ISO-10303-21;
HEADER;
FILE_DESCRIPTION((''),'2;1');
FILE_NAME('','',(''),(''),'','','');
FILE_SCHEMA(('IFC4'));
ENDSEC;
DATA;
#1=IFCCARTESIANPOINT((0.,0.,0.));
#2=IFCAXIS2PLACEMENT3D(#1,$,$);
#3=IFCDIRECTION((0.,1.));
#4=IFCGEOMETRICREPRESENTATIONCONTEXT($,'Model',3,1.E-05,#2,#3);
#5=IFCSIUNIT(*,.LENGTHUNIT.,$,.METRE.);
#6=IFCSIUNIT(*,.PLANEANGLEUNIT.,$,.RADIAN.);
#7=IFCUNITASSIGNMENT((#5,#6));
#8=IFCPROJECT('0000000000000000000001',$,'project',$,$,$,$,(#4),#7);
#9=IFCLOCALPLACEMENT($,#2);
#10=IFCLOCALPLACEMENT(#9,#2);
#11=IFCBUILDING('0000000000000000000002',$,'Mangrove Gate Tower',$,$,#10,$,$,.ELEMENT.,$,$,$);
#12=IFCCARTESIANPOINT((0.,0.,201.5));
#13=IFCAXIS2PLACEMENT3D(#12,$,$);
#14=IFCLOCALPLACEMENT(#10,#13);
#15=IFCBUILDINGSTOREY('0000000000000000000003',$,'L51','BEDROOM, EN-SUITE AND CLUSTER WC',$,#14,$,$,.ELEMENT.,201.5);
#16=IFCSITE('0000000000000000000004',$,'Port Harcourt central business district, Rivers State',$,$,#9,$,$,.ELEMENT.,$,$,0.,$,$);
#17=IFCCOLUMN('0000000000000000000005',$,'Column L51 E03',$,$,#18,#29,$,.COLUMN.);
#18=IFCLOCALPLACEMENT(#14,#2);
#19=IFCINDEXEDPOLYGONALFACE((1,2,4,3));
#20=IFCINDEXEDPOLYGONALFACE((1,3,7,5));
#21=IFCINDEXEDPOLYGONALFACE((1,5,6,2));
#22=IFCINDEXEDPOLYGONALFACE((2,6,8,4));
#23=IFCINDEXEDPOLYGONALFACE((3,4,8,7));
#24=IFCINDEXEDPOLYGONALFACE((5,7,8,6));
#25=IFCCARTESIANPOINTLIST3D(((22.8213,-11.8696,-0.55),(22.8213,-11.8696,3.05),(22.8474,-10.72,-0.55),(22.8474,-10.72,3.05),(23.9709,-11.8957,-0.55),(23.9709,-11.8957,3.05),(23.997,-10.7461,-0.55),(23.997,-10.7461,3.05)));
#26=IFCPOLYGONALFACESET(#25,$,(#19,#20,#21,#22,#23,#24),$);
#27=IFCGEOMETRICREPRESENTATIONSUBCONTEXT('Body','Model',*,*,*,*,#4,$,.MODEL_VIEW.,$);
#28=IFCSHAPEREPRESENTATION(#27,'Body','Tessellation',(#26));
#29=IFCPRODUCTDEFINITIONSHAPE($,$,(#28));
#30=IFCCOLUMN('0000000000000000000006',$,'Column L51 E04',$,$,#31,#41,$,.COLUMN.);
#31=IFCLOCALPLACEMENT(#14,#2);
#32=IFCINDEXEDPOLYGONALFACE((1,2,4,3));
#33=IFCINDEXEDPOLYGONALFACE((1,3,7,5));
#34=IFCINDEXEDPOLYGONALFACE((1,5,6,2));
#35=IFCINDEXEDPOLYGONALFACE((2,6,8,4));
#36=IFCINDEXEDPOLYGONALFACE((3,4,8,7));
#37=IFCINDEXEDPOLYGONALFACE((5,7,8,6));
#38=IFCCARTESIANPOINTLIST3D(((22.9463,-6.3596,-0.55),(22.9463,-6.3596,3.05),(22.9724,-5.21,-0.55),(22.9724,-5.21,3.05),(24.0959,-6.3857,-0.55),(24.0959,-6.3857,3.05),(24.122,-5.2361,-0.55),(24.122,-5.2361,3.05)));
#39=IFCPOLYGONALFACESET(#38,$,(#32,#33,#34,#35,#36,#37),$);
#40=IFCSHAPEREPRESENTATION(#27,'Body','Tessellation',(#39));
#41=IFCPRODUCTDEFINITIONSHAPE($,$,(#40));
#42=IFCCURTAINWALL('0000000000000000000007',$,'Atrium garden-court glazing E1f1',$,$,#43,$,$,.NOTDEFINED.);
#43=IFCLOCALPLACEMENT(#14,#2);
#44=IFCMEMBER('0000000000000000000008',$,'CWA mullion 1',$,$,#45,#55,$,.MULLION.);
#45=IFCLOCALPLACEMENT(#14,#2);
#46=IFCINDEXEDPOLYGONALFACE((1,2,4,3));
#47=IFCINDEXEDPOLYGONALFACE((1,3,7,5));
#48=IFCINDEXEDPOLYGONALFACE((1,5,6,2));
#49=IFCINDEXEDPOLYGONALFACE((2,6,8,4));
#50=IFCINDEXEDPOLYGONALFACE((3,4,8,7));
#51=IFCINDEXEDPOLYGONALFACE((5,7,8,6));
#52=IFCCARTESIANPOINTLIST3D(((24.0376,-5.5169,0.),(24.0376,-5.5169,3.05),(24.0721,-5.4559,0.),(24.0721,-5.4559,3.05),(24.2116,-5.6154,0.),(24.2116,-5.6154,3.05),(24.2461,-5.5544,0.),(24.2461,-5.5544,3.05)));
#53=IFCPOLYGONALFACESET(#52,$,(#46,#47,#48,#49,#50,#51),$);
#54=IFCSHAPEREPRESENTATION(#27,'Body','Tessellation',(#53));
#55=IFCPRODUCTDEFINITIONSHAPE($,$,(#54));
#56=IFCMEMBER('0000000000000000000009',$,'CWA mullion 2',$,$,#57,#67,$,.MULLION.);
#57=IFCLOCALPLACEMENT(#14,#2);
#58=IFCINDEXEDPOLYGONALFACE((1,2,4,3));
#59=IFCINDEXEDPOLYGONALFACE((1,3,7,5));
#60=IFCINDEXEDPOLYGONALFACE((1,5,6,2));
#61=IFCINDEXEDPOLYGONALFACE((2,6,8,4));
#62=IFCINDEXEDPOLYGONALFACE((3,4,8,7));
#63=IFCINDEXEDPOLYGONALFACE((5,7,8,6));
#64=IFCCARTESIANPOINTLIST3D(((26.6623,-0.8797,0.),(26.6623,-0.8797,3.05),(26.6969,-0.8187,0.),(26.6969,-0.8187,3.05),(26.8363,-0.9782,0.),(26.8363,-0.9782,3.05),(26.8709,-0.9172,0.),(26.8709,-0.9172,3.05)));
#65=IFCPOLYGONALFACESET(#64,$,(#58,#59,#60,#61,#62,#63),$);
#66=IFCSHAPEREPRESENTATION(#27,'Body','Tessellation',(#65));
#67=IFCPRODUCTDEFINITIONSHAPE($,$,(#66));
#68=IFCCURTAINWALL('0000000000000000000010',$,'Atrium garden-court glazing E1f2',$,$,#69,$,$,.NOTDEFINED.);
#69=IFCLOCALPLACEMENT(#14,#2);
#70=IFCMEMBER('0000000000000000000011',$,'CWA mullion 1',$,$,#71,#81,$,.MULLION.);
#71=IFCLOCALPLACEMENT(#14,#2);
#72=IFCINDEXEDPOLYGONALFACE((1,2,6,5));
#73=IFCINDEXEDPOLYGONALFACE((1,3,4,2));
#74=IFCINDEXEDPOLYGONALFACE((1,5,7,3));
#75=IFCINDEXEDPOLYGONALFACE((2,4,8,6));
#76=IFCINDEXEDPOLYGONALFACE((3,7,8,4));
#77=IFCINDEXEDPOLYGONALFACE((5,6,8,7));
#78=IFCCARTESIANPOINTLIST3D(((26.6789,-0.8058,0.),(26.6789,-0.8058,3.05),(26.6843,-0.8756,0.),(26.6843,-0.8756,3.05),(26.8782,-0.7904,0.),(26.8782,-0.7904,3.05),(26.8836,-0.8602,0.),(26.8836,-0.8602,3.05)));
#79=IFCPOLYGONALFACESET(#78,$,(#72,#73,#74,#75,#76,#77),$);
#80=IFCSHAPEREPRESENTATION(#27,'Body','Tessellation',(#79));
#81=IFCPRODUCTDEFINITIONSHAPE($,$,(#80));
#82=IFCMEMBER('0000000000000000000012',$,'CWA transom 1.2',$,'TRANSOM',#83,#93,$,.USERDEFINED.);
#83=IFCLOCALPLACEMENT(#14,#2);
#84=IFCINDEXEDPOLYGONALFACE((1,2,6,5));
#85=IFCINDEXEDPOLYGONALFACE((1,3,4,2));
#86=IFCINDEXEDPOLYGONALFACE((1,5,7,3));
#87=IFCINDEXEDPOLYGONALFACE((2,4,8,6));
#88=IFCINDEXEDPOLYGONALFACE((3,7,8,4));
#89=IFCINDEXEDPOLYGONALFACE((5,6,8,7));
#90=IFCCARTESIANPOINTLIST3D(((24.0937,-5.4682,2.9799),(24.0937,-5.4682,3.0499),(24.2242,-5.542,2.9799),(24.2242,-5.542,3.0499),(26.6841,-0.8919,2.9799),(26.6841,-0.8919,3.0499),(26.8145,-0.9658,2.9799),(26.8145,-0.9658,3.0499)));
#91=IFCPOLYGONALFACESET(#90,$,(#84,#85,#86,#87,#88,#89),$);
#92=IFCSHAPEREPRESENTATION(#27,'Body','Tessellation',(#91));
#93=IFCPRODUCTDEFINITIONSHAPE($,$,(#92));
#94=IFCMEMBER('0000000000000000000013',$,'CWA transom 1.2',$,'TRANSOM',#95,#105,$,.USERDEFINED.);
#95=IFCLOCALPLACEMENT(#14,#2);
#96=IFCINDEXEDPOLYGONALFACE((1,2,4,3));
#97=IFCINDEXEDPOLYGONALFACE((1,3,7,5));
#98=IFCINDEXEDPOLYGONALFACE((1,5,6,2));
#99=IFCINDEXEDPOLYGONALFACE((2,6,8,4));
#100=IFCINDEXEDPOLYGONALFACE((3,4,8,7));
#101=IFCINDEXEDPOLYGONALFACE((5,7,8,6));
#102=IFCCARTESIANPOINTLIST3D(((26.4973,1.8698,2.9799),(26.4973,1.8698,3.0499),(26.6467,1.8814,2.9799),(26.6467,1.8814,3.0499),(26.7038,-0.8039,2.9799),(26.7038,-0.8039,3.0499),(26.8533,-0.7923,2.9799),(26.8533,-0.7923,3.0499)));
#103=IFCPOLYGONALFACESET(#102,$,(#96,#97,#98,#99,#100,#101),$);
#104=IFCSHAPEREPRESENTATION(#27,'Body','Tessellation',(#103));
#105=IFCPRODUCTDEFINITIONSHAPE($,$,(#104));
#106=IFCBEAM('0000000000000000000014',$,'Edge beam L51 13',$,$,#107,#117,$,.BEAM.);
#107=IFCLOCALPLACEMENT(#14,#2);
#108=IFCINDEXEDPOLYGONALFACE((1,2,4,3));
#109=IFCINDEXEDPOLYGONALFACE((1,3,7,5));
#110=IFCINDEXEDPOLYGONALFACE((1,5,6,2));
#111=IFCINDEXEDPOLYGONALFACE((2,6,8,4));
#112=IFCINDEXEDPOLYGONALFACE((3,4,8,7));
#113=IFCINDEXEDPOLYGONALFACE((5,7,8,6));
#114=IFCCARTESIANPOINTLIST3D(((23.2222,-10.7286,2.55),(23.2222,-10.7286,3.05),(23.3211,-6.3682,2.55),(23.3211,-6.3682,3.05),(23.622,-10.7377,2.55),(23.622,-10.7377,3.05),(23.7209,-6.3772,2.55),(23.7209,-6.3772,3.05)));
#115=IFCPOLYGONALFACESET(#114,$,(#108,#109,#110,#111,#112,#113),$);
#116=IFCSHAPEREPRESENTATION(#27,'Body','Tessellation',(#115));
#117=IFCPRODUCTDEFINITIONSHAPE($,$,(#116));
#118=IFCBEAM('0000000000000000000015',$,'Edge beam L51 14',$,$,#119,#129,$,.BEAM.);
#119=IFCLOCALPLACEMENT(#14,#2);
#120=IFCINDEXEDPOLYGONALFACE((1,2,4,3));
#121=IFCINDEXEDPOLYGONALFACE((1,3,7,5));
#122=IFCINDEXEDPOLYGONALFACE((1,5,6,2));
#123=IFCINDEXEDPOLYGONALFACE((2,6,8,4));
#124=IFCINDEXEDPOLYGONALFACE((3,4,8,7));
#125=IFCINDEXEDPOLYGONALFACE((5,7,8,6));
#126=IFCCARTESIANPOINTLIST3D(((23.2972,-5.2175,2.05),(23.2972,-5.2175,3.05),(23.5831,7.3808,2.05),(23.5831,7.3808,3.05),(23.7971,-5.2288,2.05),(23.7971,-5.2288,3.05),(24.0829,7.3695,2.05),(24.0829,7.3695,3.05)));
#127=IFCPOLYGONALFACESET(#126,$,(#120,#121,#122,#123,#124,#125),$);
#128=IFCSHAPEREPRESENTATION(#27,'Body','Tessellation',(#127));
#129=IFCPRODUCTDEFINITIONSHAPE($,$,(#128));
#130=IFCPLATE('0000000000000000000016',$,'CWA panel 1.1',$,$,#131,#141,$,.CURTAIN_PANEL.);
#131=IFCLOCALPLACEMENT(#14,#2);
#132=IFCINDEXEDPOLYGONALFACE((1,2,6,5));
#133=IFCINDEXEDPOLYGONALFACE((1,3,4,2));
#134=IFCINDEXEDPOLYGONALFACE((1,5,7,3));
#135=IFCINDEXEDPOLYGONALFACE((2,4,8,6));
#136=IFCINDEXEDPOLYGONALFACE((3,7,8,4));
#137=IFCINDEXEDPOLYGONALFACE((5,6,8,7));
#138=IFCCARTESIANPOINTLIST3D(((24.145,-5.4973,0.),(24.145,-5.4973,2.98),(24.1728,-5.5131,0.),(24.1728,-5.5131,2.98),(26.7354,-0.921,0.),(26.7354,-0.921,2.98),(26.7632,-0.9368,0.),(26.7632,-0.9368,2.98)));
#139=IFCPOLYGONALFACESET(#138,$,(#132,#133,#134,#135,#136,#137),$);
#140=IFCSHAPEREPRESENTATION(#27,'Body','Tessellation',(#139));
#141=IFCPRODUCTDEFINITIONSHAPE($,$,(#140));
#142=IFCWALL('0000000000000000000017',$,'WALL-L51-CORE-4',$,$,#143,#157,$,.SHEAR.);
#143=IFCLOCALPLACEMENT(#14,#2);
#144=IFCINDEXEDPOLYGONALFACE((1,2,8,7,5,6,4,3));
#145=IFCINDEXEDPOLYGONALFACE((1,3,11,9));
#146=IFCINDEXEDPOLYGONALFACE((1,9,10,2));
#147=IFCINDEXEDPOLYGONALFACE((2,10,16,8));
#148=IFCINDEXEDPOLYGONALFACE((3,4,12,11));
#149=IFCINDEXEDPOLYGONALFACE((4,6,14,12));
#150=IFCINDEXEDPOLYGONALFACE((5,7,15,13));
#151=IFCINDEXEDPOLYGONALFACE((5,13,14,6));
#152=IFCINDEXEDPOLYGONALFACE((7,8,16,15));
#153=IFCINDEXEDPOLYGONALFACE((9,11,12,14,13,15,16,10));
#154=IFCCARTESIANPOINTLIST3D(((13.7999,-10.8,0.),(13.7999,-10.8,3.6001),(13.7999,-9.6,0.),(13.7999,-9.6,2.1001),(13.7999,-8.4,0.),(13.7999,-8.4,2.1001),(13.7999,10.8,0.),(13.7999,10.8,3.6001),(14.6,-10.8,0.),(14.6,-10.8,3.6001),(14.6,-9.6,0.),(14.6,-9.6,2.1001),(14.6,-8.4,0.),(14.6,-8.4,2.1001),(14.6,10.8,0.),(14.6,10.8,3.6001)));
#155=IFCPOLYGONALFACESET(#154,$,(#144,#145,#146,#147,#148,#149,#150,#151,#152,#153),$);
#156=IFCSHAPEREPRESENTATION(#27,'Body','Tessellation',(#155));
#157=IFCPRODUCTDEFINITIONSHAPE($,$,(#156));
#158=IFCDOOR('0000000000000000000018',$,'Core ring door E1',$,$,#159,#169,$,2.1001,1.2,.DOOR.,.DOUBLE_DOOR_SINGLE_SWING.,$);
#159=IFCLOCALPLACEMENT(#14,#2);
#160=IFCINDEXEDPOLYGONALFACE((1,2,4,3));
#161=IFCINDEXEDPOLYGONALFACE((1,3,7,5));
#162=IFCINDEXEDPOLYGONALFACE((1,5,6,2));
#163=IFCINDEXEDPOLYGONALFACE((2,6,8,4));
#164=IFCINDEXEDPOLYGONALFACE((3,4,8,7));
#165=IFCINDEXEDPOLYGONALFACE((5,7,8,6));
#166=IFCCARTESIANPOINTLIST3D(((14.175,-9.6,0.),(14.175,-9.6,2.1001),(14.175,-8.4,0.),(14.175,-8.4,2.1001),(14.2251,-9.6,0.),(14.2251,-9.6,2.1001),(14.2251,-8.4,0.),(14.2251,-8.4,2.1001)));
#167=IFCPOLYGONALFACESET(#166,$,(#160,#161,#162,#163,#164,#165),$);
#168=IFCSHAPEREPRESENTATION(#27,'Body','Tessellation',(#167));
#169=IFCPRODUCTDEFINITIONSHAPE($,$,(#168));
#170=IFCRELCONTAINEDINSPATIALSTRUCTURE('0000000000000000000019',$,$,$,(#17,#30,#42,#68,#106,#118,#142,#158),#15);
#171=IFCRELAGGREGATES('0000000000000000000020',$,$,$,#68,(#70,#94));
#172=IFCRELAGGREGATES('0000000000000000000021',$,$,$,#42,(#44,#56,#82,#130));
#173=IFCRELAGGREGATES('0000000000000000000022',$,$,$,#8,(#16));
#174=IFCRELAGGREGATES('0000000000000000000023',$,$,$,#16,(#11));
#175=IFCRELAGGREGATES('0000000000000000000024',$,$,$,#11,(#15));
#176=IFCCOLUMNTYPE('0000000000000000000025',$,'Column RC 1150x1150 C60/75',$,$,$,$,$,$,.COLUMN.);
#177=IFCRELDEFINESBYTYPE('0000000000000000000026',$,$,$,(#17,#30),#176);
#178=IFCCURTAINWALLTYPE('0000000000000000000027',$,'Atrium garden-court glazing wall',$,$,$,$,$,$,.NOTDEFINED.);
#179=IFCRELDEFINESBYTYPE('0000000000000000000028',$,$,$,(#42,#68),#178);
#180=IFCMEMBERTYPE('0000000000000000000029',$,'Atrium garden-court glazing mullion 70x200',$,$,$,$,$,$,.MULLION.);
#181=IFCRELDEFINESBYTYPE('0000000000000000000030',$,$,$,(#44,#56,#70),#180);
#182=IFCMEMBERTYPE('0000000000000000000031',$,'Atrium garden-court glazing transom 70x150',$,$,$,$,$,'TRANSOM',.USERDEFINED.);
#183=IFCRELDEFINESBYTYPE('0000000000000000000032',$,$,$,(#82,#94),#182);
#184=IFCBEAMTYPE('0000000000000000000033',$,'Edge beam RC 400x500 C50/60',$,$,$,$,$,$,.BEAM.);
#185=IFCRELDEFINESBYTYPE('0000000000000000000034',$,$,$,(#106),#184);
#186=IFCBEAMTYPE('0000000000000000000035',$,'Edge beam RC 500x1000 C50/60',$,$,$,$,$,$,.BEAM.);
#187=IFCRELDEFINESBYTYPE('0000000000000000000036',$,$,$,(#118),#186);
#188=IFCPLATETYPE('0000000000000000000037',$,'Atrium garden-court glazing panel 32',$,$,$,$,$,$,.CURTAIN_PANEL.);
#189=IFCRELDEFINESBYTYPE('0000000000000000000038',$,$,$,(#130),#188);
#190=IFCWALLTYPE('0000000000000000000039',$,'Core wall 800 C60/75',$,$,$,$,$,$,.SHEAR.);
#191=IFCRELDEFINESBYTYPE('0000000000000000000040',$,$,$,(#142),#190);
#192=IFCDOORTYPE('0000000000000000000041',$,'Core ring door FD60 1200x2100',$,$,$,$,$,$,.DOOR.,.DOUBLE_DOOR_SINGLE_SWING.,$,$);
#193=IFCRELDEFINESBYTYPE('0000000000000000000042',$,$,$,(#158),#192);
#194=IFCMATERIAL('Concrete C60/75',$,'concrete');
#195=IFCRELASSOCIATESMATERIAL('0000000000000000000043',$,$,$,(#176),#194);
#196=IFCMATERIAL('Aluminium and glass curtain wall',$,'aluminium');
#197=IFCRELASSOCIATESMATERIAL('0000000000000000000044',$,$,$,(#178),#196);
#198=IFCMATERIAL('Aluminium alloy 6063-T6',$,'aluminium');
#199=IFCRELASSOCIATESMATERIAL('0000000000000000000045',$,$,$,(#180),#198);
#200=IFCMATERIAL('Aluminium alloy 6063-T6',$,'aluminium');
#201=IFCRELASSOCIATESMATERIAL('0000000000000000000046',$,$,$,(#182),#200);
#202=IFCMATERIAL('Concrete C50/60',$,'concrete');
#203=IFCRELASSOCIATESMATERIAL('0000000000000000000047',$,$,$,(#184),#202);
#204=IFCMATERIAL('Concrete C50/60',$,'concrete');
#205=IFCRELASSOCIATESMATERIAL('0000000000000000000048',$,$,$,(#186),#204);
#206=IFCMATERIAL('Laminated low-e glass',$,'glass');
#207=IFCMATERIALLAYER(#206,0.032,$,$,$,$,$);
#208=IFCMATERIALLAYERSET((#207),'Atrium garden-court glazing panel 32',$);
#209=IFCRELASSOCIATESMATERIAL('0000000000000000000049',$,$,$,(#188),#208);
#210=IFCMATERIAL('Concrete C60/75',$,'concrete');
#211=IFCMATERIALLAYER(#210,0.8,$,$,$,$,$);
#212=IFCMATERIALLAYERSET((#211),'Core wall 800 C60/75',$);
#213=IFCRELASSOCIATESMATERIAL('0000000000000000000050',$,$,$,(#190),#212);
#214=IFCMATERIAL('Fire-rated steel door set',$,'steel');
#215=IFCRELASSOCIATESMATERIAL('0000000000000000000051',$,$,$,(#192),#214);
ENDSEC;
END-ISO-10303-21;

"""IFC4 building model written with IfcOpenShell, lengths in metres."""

from ifc_helpers import new_model, si_unit, direction, frame, frame_2d, origin, origin_2d, place, context, subcontext, project, spatial, rectangle, extrude, material, layer, layer_set, material_profile, profile_set, type_object, element, fill, aggregate, save


model = new_model("IFC4")

# Units and contexts
model_context = context("Model", 3, precision=1e-05, world=origin(), true_north=direction((0.0, 1.0)))
body_context = subcontext(model_context, "Body", "Model", "MODEL_VIEW")
ifc_project = project(units=[si_unit("LENGTHUNIT", "METRE"), si_unit("PLANEANGLEUNIT", "RADIAN")], contexts=[model_context])

# Site, building, storey
site_placement = place(None, origin())
site = spatial("IfcSite", under=ifc_project, at=site_placement, Name="Port Harcourt central business district, Rivers State", CompositionType="ELEMENT", RefElevation=0.0)
building_placement = place(site_placement, origin())
building = spatial("IfcBuilding", under=site, at=building_placement, Name="Mangrove Gate Tower", CompositionType="ELEMENT")
storey_placement = place(building_placement, frame((0.0, 0.0, 201.5)))
storey = spatial("IfcBuildingStorey", under=building, at=storey_placement, Name="L51", Description="BEDROOM, EN-SUITE AND CLUSTER WC", CompositionType="ELEMENT", Elevation=201.5)

# Columns
ifc_material_1 = material(Name="Concrete C60/75", Category="concrete")
ifc_material_profile_1 = material_profile(ifc_material_1, rectangle(XDim=1.1499, YDim=1.1499, at=origin_2d()))
ifc_profile_set_1 = profile_set([ifc_material_profile_1], Name="Concrete C60/75")
column_type = type_object("IfcColumnType", Name="Column RC 1150x1150 C60/75", PredefinedType="COLUMN", material=ifc_profile_set_1)
for number, where, z_axis, x_axis, name in (
    (1, (23.4092, -11.3079, -0.55), (0.0, 0.0, 1.0), (0.022678, 0.999743, 0.0), "Column L51 E03"),
    (2, (23.5342, -5.7979, -0.55), (0.0, 0.0, 1.0), (0.022686, 0.999743, 0.0), "Column L51 E04"),
):
    element("IfcColumn", number, at=place(storey_placement, frame(where, z_axis=z_axis, x_axis=x_axis)), inside=storey, type_object=column_type, Name=name, PredefinedType="COLUMN", context=body_context, shape_type="SweptSolid", body=[
        extrude(rectangle(XDim=1.1499, YDim=1.1499, at=origin_2d()), origin(), (0.0, 0.0, 1.0), 3.6001),
    ])

# Curtain wall, members
ifc_material_2 = material(Name="Aluminium and glass curtain wall", Category="aluminium")
curtain_wall_type = type_object("IfcCurtainWallType", Name="Atrium garden-court glazing wall", PredefinedType="NOTDEFINED", material=ifc_material_2)
curtain_wall_1_placement = place(storey_placement, origin())
curtain_wall_1 = element("IfcCurtainWall", 3, at=curtain_wall_1_placement, inside=storey, type_object=curtain_wall_type, Name="Atrium garden-court glazing E1f1", PredefinedType="NOTDEFINED")
ifc_material_3 = material(Name="Aluminium alloy 6063-T6", Category="aluminium")
ifc_material_profile_2 = material_profile(ifc_material_3, rectangle(XDim=0.0701, YDim=0.2, at=origin_2d()))
ifc_profile_set_2 = profile_set([ifc_material_profile_2], Name="Aluminium alloy 6063-T6")
member_type_1 = type_object("IfcMemberType", Name="Atrium garden-court glazing mullion 70x200", PredefinedType="MULLION", material=ifc_profile_set_2)
member_1_placement = place(storey_placement, frame((24.1418, -5.5356, 0.0), z_axis=(0.0, 0.0, 1.0), x_axis=(0.4926, 0.870256, 0.0)))
member_1 = element("IfcMember", 4, at=member_1_placement, type_object=member_type_1, Name="CWA mullion 1", PredefinedType="MULLION", context=body_context, shape_type="SweptSolid", body=[
    extrude(rectangle(XDim=0.0701, YDim=0.2, at=origin_2d()), origin(), (0.0, 0.0, 1.0), 3.05),
])
member_2_placement = place(storey_placement, frame((26.7666, -0.8984, 0.0), z_axis=(0.0, 0.0, 1.0), x_axis=(0.4926, 0.870256, 0.0)))
member_2 = element("IfcMember", 5, at=member_2_placement, type_object=member_type_1, Name="CWA mullion 2", PredefinedType="MULLION", context=body_context, shape_type="SweptSolid", body=[
    extrude(rectangle(XDim=0.0701, YDim=0.2, at=origin_2d()), origin(), (0.0, 0.0, 1.0), 3.05),
])

# Curtain wall, member
curtain_wall_2_placement = place(storey_placement, origin())
curtain_wall_2 = element("IfcCurtainWall", 6, at=curtain_wall_2_placement, inside=storey, type_object=curtain_wall_type, Name="Atrium garden-court glazing E1f2", PredefinedType="NOTDEFINED")
member_3_placement = place(storey_placement, frame((26.7812, -0.833, 0.0), z_axis=(0.0, 0.0, 1.0), x_axis=(-0.077023, 0.997029, 0.0)))
member_3 = element("IfcMember", 7, at=member_3_placement, type_object=member_type_1, Name="CWA mullion 1", PredefinedType="MULLION", context=body_context, shape_type="SweptSolid", body=[
    extrude(rectangle(XDim=0.0701, YDim=0.2, at=origin_2d()), origin(), (0.0, 0.0, 1.0), 3.05),
])

# Members
ifc_material_4 = material(Name="Aluminium alloy 6063-T6", Category="aluminium")
ifc_material_profile_3 = material_profile(ifc_material_4, rectangle(XDim=0.0701, YDim=0.1499, at=origin_2d()))
ifc_profile_set_3 = profile_set([ifc_material_profile_3], Name="Aluminium alloy 6063-T6")
member_type_2 = type_object("IfcMemberType", Name="Atrium garden-court glazing transom 70x150", ElementType="TRANSOM", PredefinedType="USERDEFINED", material=ifc_profile_set_3)
member_4_placement = place(storey_placement, frame((24.1589, -5.5051, 3.0149), z_axis=(0.492605, 0.870253, 0.0), x_axis=(0.0, 0.0, 1.0)))
member_4 = element("IfcMember", 8, at=member_4_placement, type_object=member_type_2, Name="CWA transom 1.2", ObjectType="TRANSOM", PredefinedType="USERDEFINED", context=body_context, shape_type="SweptSolid", body=[
    extrude(rectangle(XDim=0.0701, YDim=0.1499, at=origin_2d()), origin(), (0.0, 0.0, 1.0), 5.2585),
])
member_5_placement = place(storey_placement, frame((26.7786, -0.7981, 3.0149), z_axis=(-0.077024, 0.997029, 0.0), x_axis=(0.0, 0.0, 1.0)))
member_5 = element("IfcMember", 9, at=member_5_placement, type_object=member_type_2, Name="CWA transom 1.2", ObjectType="TRANSOM", PredefinedType="USERDEFINED", context=body_context, shape_type="SweptSolid", body=[
    extrude(rectangle(XDim=0.0701, YDim=0.1499, at=origin_2d()), origin(), (0.0, 0.0, 1.0), 2.6816),
])
aggregate(curtain_wall_2, [member_3, member_5])

# Beams
ifc_material_5 = material(Name="Concrete C50/60", Category="concrete")
ifc_material_profile_4 = material_profile(ifc_material_5, rectangle(XDim=0.3999, YDim=0.5, at=origin_2d()))
ifc_profile_set_4 = profile_set([ifc_material_profile_4], Name="Concrete C50/60")
beam_type_1 = type_object("IfcBeamType", Name="Edge beam RC 400x500 C50/60", PredefinedType="BEAM", material=ifc_profile_set_4)
beam_1_placement = place(storey_placement, frame((23.4221, -10.7332, 2.8), z_axis=(0.022671, 0.999743, 0.0), x_axis=(-0.999743, 0.022671, 0.0)))
element("IfcBeam", 10, at=beam_1_placement, inside=storey, type_object=beam_type_1, Name="Edge beam L51 13", PredefinedType="BEAM", context=body_context, shape_type="SweptSolid", body=[
    extrude(rectangle(XDim=0.3999, YDim=0.5, at=origin_2d()), origin(), (0.0, 0.0, 1.0), 4.3616),
])
ifc_material_6 = material(Name="Concrete C50/60", Category="concrete")
ifc_material_profile_5 = material_profile(ifc_material_6, rectangle(XDim=0.5, YDim=1.0, at=origin_2d()))
ifc_profile_set_5 = profile_set([ifc_material_profile_5], Name="Concrete C50/60")
beam_type_2 = type_object("IfcBeamType", Name="Edge beam RC 500x1000 C50/60", PredefinedType="BEAM", material=ifc_profile_set_5)
beam_2_placement = place(storey_placement, frame((23.5471, -5.2231, 2.55), z_axis=(0.022687, 0.999743, 0.0), x_axis=(-0.999743, 0.022687, 0.0)))
element("IfcBeam", 11, at=beam_2_placement, inside=storey, type_object=beam_type_2, Name="Edge beam L51 14", PredefinedType="BEAM", context=body_context, shape_type="SweptSolid", body=[
    extrude(rectangle(XDim=0.5, YDim=1.0, at=origin_2d()), origin(), (0.0, 0.0, 1.0), 12.6016),
])

# Plate
ifc_material_7 = material(Name="Laminated low-e glass", Category="glass")
ifc_layer_1 = layer(ifc_material_7, 0.032)
ifc_layer_set_1 = layer_set([ifc_layer_1], Name="Atrium garden-court glazing panel 32")
plate_type = type_object("IfcPlateType", Name="Atrium garden-court glazing panel 32", PredefinedType="CURTAIN_PANEL", material=ifc_layer_set_1)
plate_placement = place(storey_placement, frame((25.4541, -3.217, 0.0), z_axis=(0.0, 0.0, 1.0), x_axis=(0.4926, 0.870256, 0.0)))
plate = element("IfcPlate", 12, at=plate_placement, type_object=plate_type, Name="CWA panel 1.1", PredefinedType="CURTAIN_PANEL", context=body_context, shape_type="SweptSolid", body=[
    extrude(rectangle(XDim=5.2585, YDim=0.032, at=origin_2d()), origin(), (0.0, 0.0, 1.0), 2.98),
])
aggregate(curtain_wall_1, [member_1, member_2, member_4, plate])

# Wall, opening, door
ifc_material_8 = material(Name="Concrete C60/75", Category="concrete")
ifc_layer_2 = layer(ifc_material_8, 0.8)
ifc_layer_set_2 = layer_set([ifc_layer_2], Name="Core wall 800 C60/75")
wall_type_1 = type_object("IfcWallType", Name="Core wall 800 C60/75", PredefinedType="SHEAR", material=ifc_layer_set_2)
wall_1_placement = place(storey_placement, frame((14.2, -10.8, 0.0), z_axis=(0.0, 0.0, 1.0), x_axis=(0.0, 1.0, 0.0)))
wall_1 = element("IfcWall", 13, at=wall_1_placement, inside=storey, type_object=wall_type_1, Name="WALL-L51-CORE-4", PredefinedType="SHEAR", context=body_context, shape_type="SweptSolid", body=[
    extrude(rectangle(XDim=21.6001, YDim=0.8, at=frame_2d((10.8, 0.0))), origin(), (0.0, 0.0, 1.0), 3.6001),
])
opening_1_placement = place(wall_1_placement, frame((1.2, 0.0, 0.0)))
opening_1 = element("IfcOpeningElement", 14, at=opening_1_placement, cuts=wall_1, PredefinedType="OPENING", context=body_context, shape_type="SweptSolid", body=[
    extrude(rectangle(XDim=1.2, YDim=2.1001, at=frame_2d((0.6001, 1.05))), frame((0.0, 0.4099, 0.0), z_axis=(0.0, -1.0, 0.0), x_axis=(1.0, 0.0, 0.0)), (0.0, 0.0, 1.0), 0.8201),
])
ifc_material_9 = material(Name="Fire-rated steel door set", Category="steel")
door_type_1 = type_object("IfcDoorType", Name="Core ring door FD60 1200x2100", OperationType="DOUBLE_DOOR_SINGLE_SWING", PredefinedType="DOOR", material=ifc_material_9)
door_1_placement = place(opening_1_placement, origin())
door_1 = element("IfcDoor", 15, at=door_1_placement, inside=storey, type_object=door_type_1, Name="Core ring door E1", OperationType="DOUBLE_DOOR_SINGLE_SWING", OverallHeight=2.1001, OverallWidth=1.2, PredefinedType="DOOR", context=body_context, shape_type="SweptSolid", body=[
    extrude(rectangle(XDim=1.2, YDim=2.1001, at=frame_2d((0.6001, 1.05))), frame((0.0, 0.0249, 0.0), z_axis=(0.0, -1.0, 0.0), x_axis=(1.0, 0.0, 0.0)), (0.0, 0.0, 1.0), 0.05),
])
fill(opening_1, door_1)

save(model, "model.ifc")
